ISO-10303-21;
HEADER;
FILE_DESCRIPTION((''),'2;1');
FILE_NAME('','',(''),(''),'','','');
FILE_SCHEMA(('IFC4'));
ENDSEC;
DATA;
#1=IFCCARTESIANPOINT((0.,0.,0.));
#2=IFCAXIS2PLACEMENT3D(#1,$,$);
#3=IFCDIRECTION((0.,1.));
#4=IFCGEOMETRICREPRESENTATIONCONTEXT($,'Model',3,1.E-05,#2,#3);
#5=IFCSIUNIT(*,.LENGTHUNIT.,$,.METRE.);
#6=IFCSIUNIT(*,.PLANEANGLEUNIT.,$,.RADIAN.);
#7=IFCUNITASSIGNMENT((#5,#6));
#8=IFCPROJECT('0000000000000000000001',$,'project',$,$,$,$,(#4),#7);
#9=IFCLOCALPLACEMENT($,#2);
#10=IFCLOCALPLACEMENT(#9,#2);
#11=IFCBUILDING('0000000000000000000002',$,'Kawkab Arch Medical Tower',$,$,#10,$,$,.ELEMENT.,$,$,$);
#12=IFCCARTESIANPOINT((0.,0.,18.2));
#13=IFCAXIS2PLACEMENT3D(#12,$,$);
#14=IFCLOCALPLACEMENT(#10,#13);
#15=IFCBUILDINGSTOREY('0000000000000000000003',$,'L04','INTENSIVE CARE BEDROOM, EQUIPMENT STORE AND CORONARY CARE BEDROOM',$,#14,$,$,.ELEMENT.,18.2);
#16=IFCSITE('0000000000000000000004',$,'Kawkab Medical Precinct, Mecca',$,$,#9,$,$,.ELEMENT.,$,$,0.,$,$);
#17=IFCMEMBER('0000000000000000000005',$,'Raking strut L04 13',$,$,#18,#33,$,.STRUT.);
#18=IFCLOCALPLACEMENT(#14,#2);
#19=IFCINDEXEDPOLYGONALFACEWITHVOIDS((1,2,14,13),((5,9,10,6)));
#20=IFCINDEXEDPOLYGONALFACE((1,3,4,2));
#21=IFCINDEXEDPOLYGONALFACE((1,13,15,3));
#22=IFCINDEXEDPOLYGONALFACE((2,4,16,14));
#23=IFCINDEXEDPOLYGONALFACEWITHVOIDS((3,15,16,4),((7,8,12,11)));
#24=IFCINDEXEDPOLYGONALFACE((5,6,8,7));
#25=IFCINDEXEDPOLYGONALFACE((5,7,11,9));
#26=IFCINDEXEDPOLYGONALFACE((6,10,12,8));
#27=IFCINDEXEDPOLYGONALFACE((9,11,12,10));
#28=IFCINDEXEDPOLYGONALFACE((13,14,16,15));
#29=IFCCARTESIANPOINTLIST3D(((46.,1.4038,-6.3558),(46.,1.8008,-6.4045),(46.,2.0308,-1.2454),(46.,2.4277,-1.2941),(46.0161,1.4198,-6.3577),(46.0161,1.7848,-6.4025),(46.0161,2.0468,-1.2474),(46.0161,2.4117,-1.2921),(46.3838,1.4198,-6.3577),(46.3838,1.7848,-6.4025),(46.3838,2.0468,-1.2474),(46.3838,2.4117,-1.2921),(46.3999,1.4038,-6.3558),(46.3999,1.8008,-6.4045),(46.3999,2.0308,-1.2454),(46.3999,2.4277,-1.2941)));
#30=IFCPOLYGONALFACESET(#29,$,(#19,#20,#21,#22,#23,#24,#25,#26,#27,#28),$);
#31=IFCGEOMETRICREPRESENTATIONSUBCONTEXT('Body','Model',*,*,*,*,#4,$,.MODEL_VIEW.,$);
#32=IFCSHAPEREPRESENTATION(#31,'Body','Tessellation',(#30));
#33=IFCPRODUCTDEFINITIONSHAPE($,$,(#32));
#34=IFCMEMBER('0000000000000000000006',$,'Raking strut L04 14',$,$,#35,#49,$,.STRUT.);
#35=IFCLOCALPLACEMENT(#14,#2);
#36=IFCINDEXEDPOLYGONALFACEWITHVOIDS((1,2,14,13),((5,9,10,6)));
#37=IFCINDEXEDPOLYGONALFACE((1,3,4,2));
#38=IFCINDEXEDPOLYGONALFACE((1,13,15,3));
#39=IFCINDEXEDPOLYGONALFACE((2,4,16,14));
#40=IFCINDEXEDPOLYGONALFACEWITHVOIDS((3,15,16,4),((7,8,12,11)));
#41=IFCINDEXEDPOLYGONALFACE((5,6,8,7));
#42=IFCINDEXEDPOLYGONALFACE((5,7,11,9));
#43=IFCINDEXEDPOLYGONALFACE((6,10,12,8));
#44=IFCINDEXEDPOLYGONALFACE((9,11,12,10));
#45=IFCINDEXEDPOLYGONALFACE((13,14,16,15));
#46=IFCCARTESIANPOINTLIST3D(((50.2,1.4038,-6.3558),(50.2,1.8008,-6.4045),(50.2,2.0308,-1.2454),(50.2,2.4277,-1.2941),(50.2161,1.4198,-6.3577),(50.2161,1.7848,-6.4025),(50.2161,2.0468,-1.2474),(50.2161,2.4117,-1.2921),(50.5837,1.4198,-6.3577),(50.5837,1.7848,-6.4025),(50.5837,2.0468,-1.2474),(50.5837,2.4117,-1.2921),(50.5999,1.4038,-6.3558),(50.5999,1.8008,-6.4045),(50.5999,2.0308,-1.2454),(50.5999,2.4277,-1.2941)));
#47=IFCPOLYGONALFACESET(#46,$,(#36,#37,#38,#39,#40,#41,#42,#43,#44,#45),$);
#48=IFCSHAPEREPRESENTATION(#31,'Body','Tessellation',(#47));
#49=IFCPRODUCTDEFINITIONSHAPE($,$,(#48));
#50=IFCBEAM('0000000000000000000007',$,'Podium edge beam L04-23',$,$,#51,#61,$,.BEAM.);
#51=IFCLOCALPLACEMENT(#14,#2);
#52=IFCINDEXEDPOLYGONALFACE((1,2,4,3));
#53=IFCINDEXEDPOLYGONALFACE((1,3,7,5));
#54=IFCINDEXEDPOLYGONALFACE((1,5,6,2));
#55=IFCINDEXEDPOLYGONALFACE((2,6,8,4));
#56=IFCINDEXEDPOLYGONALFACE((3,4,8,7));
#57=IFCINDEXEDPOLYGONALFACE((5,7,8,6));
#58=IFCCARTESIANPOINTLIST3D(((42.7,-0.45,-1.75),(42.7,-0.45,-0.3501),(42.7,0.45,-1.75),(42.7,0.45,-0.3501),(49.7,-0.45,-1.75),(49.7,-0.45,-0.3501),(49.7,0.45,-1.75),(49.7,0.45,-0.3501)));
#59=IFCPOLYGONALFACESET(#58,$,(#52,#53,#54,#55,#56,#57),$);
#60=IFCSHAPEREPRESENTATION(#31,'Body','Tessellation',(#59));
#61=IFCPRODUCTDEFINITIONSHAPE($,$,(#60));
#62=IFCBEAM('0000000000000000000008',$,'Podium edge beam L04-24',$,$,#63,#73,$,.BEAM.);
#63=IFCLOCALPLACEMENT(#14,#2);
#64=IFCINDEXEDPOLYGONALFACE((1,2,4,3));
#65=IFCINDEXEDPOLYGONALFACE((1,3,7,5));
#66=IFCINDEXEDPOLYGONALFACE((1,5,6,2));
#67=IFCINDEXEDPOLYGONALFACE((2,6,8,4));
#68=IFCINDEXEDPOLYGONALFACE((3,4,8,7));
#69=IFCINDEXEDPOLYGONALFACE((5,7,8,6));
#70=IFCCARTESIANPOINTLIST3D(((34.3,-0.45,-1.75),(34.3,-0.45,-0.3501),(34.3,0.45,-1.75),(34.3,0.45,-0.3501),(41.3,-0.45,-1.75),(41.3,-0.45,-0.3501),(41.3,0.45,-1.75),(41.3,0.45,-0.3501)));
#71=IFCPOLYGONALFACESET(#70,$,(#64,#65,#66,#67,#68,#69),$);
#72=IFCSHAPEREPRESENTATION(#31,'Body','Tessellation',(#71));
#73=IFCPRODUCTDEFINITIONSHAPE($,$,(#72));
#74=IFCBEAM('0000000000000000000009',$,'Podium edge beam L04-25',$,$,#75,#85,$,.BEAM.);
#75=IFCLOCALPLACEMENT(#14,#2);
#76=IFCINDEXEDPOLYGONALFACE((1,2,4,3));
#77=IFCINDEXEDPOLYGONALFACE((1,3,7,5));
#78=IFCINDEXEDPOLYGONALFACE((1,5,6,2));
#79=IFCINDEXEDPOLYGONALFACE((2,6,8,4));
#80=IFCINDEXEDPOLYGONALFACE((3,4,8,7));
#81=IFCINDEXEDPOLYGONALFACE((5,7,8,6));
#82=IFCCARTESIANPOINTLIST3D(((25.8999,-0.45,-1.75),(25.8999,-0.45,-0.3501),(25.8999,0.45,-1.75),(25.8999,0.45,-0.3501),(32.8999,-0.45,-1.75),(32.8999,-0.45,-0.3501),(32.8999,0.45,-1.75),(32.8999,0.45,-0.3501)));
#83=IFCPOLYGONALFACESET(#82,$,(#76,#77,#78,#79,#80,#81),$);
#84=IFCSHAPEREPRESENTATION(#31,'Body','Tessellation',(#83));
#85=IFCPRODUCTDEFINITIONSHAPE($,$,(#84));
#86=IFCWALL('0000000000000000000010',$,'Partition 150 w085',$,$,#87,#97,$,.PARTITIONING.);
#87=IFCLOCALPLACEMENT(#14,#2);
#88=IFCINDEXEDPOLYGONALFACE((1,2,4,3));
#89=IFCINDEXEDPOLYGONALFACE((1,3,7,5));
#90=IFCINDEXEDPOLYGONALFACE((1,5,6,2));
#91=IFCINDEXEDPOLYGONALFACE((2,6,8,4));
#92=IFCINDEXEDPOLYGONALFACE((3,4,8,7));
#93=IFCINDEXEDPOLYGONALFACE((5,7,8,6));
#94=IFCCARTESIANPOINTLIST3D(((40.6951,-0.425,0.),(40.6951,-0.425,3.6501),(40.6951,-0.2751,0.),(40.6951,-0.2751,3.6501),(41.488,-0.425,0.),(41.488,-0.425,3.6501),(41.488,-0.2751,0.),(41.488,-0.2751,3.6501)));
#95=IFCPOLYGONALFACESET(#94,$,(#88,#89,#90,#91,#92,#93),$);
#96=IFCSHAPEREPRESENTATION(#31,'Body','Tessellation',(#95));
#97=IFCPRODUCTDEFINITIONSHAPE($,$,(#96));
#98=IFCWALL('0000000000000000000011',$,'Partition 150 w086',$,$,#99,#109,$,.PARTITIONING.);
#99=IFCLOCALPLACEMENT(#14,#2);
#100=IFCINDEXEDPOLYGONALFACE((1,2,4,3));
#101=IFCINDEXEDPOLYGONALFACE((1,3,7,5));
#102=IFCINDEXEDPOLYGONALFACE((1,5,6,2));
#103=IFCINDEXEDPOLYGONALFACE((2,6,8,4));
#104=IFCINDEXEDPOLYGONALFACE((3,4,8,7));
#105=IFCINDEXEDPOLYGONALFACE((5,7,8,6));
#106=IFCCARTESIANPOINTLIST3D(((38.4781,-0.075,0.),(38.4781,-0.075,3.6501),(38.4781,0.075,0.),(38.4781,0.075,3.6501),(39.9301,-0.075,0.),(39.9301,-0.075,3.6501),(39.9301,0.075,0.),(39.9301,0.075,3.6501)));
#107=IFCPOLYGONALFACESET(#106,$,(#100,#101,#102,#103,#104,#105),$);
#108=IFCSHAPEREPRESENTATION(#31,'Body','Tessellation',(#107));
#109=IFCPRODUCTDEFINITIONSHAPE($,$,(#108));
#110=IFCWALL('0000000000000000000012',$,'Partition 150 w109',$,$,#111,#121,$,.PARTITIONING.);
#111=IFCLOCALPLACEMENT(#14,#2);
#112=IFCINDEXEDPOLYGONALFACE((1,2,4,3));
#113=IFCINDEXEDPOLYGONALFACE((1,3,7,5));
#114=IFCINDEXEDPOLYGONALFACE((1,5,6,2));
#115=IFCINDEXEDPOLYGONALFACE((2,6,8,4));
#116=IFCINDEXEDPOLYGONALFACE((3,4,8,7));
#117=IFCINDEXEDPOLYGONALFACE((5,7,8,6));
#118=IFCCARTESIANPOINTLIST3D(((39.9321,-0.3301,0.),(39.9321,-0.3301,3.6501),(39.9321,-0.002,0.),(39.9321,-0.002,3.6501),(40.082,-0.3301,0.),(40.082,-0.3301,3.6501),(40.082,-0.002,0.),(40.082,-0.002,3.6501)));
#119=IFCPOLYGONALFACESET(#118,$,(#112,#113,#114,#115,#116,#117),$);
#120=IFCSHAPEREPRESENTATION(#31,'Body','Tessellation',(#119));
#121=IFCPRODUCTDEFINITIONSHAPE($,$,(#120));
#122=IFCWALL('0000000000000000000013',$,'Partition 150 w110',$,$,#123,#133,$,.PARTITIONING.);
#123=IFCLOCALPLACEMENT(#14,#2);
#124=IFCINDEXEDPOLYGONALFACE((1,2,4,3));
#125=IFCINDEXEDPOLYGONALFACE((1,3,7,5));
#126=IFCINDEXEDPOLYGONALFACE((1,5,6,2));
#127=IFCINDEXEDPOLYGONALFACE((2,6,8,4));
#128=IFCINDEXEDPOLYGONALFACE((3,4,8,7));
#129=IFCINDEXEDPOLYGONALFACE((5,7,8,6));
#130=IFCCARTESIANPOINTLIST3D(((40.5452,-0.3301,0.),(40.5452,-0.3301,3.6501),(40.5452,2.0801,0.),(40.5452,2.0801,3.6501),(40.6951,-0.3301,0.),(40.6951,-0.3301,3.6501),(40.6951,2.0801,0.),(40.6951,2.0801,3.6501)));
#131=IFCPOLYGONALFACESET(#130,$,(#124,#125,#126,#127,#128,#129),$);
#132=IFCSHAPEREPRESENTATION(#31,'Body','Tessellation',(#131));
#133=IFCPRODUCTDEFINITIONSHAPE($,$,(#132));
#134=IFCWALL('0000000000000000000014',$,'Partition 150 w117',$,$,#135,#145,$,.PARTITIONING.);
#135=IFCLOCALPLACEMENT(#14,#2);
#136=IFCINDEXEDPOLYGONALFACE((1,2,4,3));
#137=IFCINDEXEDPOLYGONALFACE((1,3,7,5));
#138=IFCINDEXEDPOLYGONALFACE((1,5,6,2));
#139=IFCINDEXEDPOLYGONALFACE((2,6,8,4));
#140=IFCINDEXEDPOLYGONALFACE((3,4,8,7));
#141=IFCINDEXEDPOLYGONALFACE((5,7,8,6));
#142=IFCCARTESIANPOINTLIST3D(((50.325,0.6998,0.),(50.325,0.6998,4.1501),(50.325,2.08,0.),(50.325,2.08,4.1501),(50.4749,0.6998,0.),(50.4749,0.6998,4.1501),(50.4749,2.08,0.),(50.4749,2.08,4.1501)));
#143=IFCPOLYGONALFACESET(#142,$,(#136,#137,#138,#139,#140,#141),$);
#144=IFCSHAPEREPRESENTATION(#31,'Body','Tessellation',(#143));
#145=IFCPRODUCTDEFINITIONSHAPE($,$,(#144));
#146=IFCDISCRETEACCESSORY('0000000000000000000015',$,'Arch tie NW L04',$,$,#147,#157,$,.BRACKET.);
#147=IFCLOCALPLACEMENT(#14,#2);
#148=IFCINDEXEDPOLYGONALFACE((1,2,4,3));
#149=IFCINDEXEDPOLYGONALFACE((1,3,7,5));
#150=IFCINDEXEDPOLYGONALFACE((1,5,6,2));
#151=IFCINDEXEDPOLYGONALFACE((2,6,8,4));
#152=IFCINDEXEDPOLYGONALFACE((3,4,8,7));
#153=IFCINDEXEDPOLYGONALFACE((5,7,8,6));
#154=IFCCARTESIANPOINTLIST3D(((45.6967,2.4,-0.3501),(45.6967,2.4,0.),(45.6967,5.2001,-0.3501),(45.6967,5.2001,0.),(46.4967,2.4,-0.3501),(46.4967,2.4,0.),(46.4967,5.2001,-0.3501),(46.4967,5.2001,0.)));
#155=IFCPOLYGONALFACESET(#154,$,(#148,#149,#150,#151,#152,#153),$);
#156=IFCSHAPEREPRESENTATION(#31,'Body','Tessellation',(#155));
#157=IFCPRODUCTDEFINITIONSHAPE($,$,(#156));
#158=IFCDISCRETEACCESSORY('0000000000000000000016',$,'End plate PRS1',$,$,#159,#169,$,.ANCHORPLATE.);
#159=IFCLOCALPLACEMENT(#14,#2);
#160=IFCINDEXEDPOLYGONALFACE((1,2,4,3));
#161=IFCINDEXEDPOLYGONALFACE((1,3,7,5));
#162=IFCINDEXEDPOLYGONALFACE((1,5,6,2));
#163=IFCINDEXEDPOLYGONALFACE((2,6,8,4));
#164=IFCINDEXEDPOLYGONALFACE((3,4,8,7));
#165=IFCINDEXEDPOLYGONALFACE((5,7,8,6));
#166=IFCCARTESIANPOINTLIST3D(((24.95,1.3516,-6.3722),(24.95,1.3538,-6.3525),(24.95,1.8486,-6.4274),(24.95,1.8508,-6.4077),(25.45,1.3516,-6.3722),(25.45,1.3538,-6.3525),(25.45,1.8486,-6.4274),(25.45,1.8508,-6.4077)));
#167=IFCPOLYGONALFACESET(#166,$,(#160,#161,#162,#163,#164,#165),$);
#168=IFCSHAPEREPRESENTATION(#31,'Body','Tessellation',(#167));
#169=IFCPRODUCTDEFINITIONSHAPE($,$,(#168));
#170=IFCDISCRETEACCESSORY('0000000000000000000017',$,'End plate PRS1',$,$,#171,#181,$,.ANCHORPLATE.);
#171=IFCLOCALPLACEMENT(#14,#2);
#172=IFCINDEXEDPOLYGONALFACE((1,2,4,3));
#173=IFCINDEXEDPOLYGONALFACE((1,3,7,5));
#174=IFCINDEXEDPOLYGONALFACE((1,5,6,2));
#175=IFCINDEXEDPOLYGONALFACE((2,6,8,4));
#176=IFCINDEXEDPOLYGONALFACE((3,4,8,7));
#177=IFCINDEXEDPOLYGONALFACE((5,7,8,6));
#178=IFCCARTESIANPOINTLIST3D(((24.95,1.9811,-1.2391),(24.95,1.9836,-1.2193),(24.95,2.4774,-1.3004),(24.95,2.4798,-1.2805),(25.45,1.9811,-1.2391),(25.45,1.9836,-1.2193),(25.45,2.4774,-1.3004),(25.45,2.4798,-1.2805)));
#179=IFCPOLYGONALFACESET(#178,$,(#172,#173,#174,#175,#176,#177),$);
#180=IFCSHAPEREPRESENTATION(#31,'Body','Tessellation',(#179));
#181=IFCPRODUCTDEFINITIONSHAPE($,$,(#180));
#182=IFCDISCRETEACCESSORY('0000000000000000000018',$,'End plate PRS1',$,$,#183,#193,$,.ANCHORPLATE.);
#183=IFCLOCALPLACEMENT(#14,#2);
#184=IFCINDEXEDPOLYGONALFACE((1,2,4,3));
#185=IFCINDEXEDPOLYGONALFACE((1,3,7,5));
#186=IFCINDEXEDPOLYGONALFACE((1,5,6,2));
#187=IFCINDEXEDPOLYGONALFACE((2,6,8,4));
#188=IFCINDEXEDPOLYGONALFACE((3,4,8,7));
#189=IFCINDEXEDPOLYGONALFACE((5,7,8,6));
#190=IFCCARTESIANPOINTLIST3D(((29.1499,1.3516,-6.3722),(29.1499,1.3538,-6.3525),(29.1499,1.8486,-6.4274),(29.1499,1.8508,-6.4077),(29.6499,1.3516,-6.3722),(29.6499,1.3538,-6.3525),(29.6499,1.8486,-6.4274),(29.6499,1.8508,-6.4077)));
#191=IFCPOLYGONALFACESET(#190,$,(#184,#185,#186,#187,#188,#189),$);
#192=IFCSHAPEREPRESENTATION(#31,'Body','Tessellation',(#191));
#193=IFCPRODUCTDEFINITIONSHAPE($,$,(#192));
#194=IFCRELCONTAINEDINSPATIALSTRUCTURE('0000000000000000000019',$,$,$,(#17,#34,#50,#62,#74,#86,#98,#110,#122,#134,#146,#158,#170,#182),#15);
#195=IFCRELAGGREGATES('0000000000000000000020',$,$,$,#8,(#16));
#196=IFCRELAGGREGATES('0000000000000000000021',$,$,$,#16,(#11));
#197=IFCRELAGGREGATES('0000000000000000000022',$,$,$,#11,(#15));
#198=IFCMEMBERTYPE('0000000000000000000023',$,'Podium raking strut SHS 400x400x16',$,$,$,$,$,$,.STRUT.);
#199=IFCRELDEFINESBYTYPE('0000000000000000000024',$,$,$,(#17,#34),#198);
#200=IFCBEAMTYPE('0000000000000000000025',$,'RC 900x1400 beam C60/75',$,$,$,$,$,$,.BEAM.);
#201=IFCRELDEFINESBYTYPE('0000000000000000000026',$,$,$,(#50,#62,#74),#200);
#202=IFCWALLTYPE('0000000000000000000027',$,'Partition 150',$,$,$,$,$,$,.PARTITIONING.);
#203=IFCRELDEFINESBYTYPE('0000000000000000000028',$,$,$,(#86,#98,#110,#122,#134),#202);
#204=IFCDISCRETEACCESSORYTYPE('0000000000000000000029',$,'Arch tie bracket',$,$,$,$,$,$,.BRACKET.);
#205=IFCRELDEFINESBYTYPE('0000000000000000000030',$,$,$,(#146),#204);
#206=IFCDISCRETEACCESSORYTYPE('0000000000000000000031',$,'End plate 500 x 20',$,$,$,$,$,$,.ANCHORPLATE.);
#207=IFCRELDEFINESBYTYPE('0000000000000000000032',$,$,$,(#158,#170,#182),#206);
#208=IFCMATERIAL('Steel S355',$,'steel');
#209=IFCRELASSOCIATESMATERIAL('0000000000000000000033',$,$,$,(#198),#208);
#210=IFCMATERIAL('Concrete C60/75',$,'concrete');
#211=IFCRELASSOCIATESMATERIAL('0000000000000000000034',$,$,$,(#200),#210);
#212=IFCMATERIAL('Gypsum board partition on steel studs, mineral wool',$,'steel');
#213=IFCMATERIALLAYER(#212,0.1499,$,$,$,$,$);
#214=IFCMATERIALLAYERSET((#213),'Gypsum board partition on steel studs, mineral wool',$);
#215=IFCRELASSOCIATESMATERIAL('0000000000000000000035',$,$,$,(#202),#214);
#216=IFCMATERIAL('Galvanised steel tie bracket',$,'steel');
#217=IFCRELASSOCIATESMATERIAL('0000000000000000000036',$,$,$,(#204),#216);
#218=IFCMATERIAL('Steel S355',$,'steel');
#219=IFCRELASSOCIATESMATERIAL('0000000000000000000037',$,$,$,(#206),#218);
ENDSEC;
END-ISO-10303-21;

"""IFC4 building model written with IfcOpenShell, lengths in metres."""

from ifc_helpers import new_model, si_unit, direction, frame, frame_2d, origin, origin_2d, place, context, subcontext, project, spatial, rectangle, hollow_rectangle, extrude, material, layer, layer_set, material_profile, profile_set, type_object, element, save


model = new_model("IFC4")

# Units and contexts
model_context = context("Model", 3, precision=1e-05, world=origin(), true_north=direction((0.0, 1.0)))
body_context = subcontext(model_context, "Body", "Model", "MODEL_VIEW")
ifc_project = project(units=[si_unit("LENGTHUNIT", "METRE"), si_unit("PLANEANGLEUNIT", "RADIAN")], contexts=[model_context])

# Site, building, storey
site_placement = place(None, origin())
site = spatial("IfcSite", under=ifc_project, at=site_placement, Name="Kawkab Medical Precinct, Mecca", CompositionType="ELEMENT", RefElevation=0.0)
building_placement = place(site_placement, origin())
building = spatial("IfcBuilding", under=site, at=building_placement, Name="Kawkab Arch Medical Tower", CompositionType="ELEMENT")
storey_placement = place(building_placement, frame((0.0, 0.0, 18.2)))
storey = spatial("IfcBuildingStorey", under=building, at=storey_placement, Name="L04", Description="INTENSIVE CARE BEDROOM, EQUIPMENT STORE AND CORONARY CARE BEDROOM", CompositionType="ELEMENT", Elevation=18.2)

# Members
ifc_material_1 = material(Name="Steel S355", Category="steel")
ifc_material_profile_1 = material_profile(ifc_material_1, hollow_rectangle(XDim=0.3999, YDim=0.3999, WallThickness=0.0161, at=origin_2d()), Name="SHS 400x400x16")
ifc_profile_set_1 = profile_set([ifc_material_profile_1], Name="Steel S355")
member_type = type_object("IfcMemberType", Name="Podium raking strut SHS 400x400x16", PredefinedType="STRUT", material=ifc_profile_set_1)
for number, where, z_axis, x_axis, name in (
    (1, (46.2, 1.6023, -6.3801), (0.0, 0.12177, 0.992558), (-1.0, 0.0, 0.0), "Raking strut L04 13"),
    (2, (50.3999, 1.6023, -6.3801), (0.0, 0.12177, 0.992558), (-1.0, 0.0, 0.0), "Raking strut L04 14"),
):
    element("IfcMember", number, at=place(storey_placement, frame(where, z_axis=z_axis, x_axis=x_axis)), inside=storey, type_object=member_type, Name=name, PredefinedType="STRUT", context=body_context, shape_type="SweptSolid", body=[
        extrude(hollow_rectangle(XDim=0.3999, YDim=0.3999, WallThickness=0.0161, at=origin_2d()), origin(), (0.0, 0.0, 1.0), 5.1487),
    ])

# Beams
ifc_material_2 = material(Name="Concrete C60/75", Category="concrete")
ifc_material_profile_2 = material_profile(ifc_material_2, rectangle(XDim=0.8999, YDim=1.3999, at=origin_2d()), Name="RC 900x1400")
ifc_profile_set_2 = profile_set([ifc_material_profile_2], Name="Concrete C60/75")
beam_type_1 = type_object("IfcBeamType", Name="RC 900x1400 beam C60/75", PredefinedType="BEAM", material=ifc_profile_set_2)
for number, where, z_axis, x_axis, name in (
    (3, (49.7, 0.0, -1.05), (-1.0, 0.0, 0.0), (0.0, -1.0, 0.0), "Podium edge beam L04-23"),
    (4, (41.3, 0.0, -1.05), (-1.0, 0.0, 0.0), (0.0, -1.0, 0.0), "Podium edge beam L04-24"),
    (5, (32.8999, 0.0, -1.05), (-1.0, 0.0, 0.0), (0.0, -1.0, 0.0), "Podium edge beam L04-25"),
):
    element("IfcBeam", number, at=place(storey_placement, frame(where, z_axis=z_axis, x_axis=x_axis)), inside=storey, type_object=beam_type_1, Name=name, PredefinedType="BEAM", context=body_context, shape_type="SweptSolid", body=[
        extrude(rectangle(XDim=0.8999, YDim=1.3999, at=origin_2d()), origin(), (0.0, 0.0, 1.0), 7.0),
    ])

# Walls
ifc_material_3 = material(Name="Gypsum board partition on steel studs, mineral wool", Category="steel")
ifc_layer = layer(ifc_material_3, 0.1499)
ifc_layer_set = layer_set([ifc_layer], Name="Gypsum board partition on steel studs, mineral wool")
wall_type = type_object("IfcWallType", Name="Partition 150", PredefinedType="PARTITIONING", material=ifc_layer_set)
wall_1_placement = place(storey_placement, frame((40.6951, -0.3501, 0.0), z_axis=(0.0, 0.0, 1.0), x_axis=(1.0, 0.0, 0.0)))
element("IfcWall", 6, at=wall_1_placement, inside=storey, type_object=wall_type, Name="Partition 150 w085", PredefinedType="PARTITIONING", context=body_context, shape_type="SweptSolid", body=[
    extrude(rectangle(XDim=0.793, YDim=0.1499, at=frame_2d((0.3965, 0.0))), origin(), (0.0, 0.0, 1.0), 3.6501),
])
wall_2_placement = place(storey_placement, frame((38.478, 0.0, 0.0), z_axis=(0.0, 0.0, 1.0), x_axis=(1.0, 0.0, 0.0)))
element("IfcWall", 7, at=wall_2_placement, inside=storey, type_object=wall_type, Name="Partition 150 w086", PredefinedType="PARTITIONING", context=body_context, shape_type="SweptSolid", body=[
    extrude(rectangle(XDim=1.4519, YDim=0.1499, at=frame_2d((0.7261, 0.0))), origin(), (0.0, 0.0, 1.0), 3.6501),
])
wall_3_placement = place(storey_placement, frame((40.0071, -0.3301, 0.0), z_axis=(0.0, 0.0, 1.0), x_axis=(0.0, 1.0, 0.0)))
element("IfcWall", 8, at=wall_3_placement, inside=storey, type_object=wall_type, Name="Partition 150 w109", PredefinedType="PARTITIONING", context=body_context, shape_type="SweptSolid", body=[
    extrude(rectangle(XDim=0.3281, YDim=0.1499, at=frame_2d((0.1641, 0.0))), origin(), (0.0, 0.0, 1.0), 3.6501),
])
wall_4_placement = place(storey_placement, frame((40.6201, -0.3301, 0.0), z_axis=(0.0, 0.0, 1.0), x_axis=(0.0, 1.0, 0.0)))
element("IfcWall", 9, at=wall_4_placement, inside=storey, type_object=wall_type, Name="Partition 150 w110", PredefinedType="PARTITIONING", context=body_context, shape_type="SweptSolid", body=[
    extrude(rectangle(XDim=2.4102, YDim=0.1499, at=frame_2d((1.2051, 0.0))), origin(), (0.0, 0.0, 1.0), 3.6501),
])
wall_5_placement = place(storey_placement, frame((50.3999, 0.7, 0.0), z_axis=(0.0, 0.0, 1.0), x_axis=(0.0, 1.0, 0.0)))
element("IfcWall", 10, at=wall_5_placement, inside=storey, type_object=wall_type, Name="Partition 150 w117", PredefinedType="PARTITIONING", context=body_context, shape_type="SweptSolid", body=[
    extrude(rectangle(XDim=1.3801, YDim=0.1499, at=frame_2d((0.6899, 0.0))), origin(), (0.0, 0.0, 1.0), 4.1501),
])

# Discrete accessories
ifc_material_4 = material(Name="Galvanised steel tie bracket", Category="steel")
discrete_accessory_type_1 = type_object("IfcDiscreteAccessoryType", Name="Arch tie bracket", PredefinedType="BRACKET", material=ifc_material_4)
discrete_accessory_1_placement = place(storey_placement, frame((46.0967, 3.8, -0.3501), z_axis=(0.0, 0.0, 1.0), x_axis=(1.0, 0.0, 0.0)))
element("IfcDiscreteAccessory", 11, at=discrete_accessory_1_placement, inside=storey, type_object=discrete_accessory_type_1, Name="Arch tie NW L04", PredefinedType="BRACKET", context=body_context, shape_type="SweptSolid", body=[
    extrude(rectangle(XDim=0.8, YDim=2.8, at=origin_2d()), origin(), (0.0, 0.0, 1.0), 0.3501),
])
ifc_material_5 = material(Name="Steel S355", Category="steel")
ifc_material_profile_3 = material_profile(ifc_material_5, rectangle(XDim=0.5, YDim=0.5, at=origin_2d()), Name="End plate 500 x 20")
ifc_profile_set_3 = profile_set([ifc_material_profile_3], Name="Steel S355")
discrete_accessory_type_2 = type_object("IfcDiscreteAccessoryType", Name="End plate 500 x 20", PredefinedType="ANCHORPLATE", material=ifc_profile_set_3)
discrete_accessory_2_placement = place(storey_placement, frame((25.2, 1.6023, -6.3801), z_axis=(0.0, -0.110432, -0.993884), x_axis=(1.0, 0.0, 0.0)))
element("IfcDiscreteAccessory", 12, at=discrete_accessory_2_placement, inside=storey, type_object=discrete_accessory_type_2, Name="End plate PRS1", PredefinedType="ANCHORPLATE", context=body_context, shape_type="SweptSolid", body=[
    extrude(rectangle(XDim=0.5, YDim=0.5, at=origin_2d()), origin(), (0.0, 0.0, 1.0), 0.0198),
])
discrete_accessory_3_placement = place(storey_placement, frame((25.2, 2.2292, -1.2698), z_axis=(0.0, 0.122527, 0.992465), x_axis=(-1.0, 0.0, 0.0)))
element("IfcDiscreteAccessory", 13, at=discrete_accessory_3_placement, inside=storey, type_object=discrete_accessory_type_2, Name="End plate PRS1", PredefinedType="ANCHORPLATE", context=body_context, shape_type="SweptSolid", body=[
    extrude(rectangle(XDim=0.5, YDim=0.5, at=origin_2d()), origin(), (0.0, 0.0, 1.0), 0.02),
])
discrete_accessory_4_placement = place(storey_placement, frame((29.3999, 1.6023, -6.3801), z_axis=(0.0, -0.110432, -0.993884), x_axis=(1.0, 0.0, 0.0)))
element("IfcDiscreteAccessory", 14, at=discrete_accessory_4_placement, inside=storey, type_object=discrete_accessory_type_2, Name="End plate PRS1", PredefinedType="ANCHORPLATE", context=body_context, shape_type="SweptSolid", body=[
    extrude(rectangle(XDim=0.5, YDim=0.5, at=origin_2d()), origin(), (0.0, 0.0, 1.0), 0.0198),
])

save(model, "model.ifc")
